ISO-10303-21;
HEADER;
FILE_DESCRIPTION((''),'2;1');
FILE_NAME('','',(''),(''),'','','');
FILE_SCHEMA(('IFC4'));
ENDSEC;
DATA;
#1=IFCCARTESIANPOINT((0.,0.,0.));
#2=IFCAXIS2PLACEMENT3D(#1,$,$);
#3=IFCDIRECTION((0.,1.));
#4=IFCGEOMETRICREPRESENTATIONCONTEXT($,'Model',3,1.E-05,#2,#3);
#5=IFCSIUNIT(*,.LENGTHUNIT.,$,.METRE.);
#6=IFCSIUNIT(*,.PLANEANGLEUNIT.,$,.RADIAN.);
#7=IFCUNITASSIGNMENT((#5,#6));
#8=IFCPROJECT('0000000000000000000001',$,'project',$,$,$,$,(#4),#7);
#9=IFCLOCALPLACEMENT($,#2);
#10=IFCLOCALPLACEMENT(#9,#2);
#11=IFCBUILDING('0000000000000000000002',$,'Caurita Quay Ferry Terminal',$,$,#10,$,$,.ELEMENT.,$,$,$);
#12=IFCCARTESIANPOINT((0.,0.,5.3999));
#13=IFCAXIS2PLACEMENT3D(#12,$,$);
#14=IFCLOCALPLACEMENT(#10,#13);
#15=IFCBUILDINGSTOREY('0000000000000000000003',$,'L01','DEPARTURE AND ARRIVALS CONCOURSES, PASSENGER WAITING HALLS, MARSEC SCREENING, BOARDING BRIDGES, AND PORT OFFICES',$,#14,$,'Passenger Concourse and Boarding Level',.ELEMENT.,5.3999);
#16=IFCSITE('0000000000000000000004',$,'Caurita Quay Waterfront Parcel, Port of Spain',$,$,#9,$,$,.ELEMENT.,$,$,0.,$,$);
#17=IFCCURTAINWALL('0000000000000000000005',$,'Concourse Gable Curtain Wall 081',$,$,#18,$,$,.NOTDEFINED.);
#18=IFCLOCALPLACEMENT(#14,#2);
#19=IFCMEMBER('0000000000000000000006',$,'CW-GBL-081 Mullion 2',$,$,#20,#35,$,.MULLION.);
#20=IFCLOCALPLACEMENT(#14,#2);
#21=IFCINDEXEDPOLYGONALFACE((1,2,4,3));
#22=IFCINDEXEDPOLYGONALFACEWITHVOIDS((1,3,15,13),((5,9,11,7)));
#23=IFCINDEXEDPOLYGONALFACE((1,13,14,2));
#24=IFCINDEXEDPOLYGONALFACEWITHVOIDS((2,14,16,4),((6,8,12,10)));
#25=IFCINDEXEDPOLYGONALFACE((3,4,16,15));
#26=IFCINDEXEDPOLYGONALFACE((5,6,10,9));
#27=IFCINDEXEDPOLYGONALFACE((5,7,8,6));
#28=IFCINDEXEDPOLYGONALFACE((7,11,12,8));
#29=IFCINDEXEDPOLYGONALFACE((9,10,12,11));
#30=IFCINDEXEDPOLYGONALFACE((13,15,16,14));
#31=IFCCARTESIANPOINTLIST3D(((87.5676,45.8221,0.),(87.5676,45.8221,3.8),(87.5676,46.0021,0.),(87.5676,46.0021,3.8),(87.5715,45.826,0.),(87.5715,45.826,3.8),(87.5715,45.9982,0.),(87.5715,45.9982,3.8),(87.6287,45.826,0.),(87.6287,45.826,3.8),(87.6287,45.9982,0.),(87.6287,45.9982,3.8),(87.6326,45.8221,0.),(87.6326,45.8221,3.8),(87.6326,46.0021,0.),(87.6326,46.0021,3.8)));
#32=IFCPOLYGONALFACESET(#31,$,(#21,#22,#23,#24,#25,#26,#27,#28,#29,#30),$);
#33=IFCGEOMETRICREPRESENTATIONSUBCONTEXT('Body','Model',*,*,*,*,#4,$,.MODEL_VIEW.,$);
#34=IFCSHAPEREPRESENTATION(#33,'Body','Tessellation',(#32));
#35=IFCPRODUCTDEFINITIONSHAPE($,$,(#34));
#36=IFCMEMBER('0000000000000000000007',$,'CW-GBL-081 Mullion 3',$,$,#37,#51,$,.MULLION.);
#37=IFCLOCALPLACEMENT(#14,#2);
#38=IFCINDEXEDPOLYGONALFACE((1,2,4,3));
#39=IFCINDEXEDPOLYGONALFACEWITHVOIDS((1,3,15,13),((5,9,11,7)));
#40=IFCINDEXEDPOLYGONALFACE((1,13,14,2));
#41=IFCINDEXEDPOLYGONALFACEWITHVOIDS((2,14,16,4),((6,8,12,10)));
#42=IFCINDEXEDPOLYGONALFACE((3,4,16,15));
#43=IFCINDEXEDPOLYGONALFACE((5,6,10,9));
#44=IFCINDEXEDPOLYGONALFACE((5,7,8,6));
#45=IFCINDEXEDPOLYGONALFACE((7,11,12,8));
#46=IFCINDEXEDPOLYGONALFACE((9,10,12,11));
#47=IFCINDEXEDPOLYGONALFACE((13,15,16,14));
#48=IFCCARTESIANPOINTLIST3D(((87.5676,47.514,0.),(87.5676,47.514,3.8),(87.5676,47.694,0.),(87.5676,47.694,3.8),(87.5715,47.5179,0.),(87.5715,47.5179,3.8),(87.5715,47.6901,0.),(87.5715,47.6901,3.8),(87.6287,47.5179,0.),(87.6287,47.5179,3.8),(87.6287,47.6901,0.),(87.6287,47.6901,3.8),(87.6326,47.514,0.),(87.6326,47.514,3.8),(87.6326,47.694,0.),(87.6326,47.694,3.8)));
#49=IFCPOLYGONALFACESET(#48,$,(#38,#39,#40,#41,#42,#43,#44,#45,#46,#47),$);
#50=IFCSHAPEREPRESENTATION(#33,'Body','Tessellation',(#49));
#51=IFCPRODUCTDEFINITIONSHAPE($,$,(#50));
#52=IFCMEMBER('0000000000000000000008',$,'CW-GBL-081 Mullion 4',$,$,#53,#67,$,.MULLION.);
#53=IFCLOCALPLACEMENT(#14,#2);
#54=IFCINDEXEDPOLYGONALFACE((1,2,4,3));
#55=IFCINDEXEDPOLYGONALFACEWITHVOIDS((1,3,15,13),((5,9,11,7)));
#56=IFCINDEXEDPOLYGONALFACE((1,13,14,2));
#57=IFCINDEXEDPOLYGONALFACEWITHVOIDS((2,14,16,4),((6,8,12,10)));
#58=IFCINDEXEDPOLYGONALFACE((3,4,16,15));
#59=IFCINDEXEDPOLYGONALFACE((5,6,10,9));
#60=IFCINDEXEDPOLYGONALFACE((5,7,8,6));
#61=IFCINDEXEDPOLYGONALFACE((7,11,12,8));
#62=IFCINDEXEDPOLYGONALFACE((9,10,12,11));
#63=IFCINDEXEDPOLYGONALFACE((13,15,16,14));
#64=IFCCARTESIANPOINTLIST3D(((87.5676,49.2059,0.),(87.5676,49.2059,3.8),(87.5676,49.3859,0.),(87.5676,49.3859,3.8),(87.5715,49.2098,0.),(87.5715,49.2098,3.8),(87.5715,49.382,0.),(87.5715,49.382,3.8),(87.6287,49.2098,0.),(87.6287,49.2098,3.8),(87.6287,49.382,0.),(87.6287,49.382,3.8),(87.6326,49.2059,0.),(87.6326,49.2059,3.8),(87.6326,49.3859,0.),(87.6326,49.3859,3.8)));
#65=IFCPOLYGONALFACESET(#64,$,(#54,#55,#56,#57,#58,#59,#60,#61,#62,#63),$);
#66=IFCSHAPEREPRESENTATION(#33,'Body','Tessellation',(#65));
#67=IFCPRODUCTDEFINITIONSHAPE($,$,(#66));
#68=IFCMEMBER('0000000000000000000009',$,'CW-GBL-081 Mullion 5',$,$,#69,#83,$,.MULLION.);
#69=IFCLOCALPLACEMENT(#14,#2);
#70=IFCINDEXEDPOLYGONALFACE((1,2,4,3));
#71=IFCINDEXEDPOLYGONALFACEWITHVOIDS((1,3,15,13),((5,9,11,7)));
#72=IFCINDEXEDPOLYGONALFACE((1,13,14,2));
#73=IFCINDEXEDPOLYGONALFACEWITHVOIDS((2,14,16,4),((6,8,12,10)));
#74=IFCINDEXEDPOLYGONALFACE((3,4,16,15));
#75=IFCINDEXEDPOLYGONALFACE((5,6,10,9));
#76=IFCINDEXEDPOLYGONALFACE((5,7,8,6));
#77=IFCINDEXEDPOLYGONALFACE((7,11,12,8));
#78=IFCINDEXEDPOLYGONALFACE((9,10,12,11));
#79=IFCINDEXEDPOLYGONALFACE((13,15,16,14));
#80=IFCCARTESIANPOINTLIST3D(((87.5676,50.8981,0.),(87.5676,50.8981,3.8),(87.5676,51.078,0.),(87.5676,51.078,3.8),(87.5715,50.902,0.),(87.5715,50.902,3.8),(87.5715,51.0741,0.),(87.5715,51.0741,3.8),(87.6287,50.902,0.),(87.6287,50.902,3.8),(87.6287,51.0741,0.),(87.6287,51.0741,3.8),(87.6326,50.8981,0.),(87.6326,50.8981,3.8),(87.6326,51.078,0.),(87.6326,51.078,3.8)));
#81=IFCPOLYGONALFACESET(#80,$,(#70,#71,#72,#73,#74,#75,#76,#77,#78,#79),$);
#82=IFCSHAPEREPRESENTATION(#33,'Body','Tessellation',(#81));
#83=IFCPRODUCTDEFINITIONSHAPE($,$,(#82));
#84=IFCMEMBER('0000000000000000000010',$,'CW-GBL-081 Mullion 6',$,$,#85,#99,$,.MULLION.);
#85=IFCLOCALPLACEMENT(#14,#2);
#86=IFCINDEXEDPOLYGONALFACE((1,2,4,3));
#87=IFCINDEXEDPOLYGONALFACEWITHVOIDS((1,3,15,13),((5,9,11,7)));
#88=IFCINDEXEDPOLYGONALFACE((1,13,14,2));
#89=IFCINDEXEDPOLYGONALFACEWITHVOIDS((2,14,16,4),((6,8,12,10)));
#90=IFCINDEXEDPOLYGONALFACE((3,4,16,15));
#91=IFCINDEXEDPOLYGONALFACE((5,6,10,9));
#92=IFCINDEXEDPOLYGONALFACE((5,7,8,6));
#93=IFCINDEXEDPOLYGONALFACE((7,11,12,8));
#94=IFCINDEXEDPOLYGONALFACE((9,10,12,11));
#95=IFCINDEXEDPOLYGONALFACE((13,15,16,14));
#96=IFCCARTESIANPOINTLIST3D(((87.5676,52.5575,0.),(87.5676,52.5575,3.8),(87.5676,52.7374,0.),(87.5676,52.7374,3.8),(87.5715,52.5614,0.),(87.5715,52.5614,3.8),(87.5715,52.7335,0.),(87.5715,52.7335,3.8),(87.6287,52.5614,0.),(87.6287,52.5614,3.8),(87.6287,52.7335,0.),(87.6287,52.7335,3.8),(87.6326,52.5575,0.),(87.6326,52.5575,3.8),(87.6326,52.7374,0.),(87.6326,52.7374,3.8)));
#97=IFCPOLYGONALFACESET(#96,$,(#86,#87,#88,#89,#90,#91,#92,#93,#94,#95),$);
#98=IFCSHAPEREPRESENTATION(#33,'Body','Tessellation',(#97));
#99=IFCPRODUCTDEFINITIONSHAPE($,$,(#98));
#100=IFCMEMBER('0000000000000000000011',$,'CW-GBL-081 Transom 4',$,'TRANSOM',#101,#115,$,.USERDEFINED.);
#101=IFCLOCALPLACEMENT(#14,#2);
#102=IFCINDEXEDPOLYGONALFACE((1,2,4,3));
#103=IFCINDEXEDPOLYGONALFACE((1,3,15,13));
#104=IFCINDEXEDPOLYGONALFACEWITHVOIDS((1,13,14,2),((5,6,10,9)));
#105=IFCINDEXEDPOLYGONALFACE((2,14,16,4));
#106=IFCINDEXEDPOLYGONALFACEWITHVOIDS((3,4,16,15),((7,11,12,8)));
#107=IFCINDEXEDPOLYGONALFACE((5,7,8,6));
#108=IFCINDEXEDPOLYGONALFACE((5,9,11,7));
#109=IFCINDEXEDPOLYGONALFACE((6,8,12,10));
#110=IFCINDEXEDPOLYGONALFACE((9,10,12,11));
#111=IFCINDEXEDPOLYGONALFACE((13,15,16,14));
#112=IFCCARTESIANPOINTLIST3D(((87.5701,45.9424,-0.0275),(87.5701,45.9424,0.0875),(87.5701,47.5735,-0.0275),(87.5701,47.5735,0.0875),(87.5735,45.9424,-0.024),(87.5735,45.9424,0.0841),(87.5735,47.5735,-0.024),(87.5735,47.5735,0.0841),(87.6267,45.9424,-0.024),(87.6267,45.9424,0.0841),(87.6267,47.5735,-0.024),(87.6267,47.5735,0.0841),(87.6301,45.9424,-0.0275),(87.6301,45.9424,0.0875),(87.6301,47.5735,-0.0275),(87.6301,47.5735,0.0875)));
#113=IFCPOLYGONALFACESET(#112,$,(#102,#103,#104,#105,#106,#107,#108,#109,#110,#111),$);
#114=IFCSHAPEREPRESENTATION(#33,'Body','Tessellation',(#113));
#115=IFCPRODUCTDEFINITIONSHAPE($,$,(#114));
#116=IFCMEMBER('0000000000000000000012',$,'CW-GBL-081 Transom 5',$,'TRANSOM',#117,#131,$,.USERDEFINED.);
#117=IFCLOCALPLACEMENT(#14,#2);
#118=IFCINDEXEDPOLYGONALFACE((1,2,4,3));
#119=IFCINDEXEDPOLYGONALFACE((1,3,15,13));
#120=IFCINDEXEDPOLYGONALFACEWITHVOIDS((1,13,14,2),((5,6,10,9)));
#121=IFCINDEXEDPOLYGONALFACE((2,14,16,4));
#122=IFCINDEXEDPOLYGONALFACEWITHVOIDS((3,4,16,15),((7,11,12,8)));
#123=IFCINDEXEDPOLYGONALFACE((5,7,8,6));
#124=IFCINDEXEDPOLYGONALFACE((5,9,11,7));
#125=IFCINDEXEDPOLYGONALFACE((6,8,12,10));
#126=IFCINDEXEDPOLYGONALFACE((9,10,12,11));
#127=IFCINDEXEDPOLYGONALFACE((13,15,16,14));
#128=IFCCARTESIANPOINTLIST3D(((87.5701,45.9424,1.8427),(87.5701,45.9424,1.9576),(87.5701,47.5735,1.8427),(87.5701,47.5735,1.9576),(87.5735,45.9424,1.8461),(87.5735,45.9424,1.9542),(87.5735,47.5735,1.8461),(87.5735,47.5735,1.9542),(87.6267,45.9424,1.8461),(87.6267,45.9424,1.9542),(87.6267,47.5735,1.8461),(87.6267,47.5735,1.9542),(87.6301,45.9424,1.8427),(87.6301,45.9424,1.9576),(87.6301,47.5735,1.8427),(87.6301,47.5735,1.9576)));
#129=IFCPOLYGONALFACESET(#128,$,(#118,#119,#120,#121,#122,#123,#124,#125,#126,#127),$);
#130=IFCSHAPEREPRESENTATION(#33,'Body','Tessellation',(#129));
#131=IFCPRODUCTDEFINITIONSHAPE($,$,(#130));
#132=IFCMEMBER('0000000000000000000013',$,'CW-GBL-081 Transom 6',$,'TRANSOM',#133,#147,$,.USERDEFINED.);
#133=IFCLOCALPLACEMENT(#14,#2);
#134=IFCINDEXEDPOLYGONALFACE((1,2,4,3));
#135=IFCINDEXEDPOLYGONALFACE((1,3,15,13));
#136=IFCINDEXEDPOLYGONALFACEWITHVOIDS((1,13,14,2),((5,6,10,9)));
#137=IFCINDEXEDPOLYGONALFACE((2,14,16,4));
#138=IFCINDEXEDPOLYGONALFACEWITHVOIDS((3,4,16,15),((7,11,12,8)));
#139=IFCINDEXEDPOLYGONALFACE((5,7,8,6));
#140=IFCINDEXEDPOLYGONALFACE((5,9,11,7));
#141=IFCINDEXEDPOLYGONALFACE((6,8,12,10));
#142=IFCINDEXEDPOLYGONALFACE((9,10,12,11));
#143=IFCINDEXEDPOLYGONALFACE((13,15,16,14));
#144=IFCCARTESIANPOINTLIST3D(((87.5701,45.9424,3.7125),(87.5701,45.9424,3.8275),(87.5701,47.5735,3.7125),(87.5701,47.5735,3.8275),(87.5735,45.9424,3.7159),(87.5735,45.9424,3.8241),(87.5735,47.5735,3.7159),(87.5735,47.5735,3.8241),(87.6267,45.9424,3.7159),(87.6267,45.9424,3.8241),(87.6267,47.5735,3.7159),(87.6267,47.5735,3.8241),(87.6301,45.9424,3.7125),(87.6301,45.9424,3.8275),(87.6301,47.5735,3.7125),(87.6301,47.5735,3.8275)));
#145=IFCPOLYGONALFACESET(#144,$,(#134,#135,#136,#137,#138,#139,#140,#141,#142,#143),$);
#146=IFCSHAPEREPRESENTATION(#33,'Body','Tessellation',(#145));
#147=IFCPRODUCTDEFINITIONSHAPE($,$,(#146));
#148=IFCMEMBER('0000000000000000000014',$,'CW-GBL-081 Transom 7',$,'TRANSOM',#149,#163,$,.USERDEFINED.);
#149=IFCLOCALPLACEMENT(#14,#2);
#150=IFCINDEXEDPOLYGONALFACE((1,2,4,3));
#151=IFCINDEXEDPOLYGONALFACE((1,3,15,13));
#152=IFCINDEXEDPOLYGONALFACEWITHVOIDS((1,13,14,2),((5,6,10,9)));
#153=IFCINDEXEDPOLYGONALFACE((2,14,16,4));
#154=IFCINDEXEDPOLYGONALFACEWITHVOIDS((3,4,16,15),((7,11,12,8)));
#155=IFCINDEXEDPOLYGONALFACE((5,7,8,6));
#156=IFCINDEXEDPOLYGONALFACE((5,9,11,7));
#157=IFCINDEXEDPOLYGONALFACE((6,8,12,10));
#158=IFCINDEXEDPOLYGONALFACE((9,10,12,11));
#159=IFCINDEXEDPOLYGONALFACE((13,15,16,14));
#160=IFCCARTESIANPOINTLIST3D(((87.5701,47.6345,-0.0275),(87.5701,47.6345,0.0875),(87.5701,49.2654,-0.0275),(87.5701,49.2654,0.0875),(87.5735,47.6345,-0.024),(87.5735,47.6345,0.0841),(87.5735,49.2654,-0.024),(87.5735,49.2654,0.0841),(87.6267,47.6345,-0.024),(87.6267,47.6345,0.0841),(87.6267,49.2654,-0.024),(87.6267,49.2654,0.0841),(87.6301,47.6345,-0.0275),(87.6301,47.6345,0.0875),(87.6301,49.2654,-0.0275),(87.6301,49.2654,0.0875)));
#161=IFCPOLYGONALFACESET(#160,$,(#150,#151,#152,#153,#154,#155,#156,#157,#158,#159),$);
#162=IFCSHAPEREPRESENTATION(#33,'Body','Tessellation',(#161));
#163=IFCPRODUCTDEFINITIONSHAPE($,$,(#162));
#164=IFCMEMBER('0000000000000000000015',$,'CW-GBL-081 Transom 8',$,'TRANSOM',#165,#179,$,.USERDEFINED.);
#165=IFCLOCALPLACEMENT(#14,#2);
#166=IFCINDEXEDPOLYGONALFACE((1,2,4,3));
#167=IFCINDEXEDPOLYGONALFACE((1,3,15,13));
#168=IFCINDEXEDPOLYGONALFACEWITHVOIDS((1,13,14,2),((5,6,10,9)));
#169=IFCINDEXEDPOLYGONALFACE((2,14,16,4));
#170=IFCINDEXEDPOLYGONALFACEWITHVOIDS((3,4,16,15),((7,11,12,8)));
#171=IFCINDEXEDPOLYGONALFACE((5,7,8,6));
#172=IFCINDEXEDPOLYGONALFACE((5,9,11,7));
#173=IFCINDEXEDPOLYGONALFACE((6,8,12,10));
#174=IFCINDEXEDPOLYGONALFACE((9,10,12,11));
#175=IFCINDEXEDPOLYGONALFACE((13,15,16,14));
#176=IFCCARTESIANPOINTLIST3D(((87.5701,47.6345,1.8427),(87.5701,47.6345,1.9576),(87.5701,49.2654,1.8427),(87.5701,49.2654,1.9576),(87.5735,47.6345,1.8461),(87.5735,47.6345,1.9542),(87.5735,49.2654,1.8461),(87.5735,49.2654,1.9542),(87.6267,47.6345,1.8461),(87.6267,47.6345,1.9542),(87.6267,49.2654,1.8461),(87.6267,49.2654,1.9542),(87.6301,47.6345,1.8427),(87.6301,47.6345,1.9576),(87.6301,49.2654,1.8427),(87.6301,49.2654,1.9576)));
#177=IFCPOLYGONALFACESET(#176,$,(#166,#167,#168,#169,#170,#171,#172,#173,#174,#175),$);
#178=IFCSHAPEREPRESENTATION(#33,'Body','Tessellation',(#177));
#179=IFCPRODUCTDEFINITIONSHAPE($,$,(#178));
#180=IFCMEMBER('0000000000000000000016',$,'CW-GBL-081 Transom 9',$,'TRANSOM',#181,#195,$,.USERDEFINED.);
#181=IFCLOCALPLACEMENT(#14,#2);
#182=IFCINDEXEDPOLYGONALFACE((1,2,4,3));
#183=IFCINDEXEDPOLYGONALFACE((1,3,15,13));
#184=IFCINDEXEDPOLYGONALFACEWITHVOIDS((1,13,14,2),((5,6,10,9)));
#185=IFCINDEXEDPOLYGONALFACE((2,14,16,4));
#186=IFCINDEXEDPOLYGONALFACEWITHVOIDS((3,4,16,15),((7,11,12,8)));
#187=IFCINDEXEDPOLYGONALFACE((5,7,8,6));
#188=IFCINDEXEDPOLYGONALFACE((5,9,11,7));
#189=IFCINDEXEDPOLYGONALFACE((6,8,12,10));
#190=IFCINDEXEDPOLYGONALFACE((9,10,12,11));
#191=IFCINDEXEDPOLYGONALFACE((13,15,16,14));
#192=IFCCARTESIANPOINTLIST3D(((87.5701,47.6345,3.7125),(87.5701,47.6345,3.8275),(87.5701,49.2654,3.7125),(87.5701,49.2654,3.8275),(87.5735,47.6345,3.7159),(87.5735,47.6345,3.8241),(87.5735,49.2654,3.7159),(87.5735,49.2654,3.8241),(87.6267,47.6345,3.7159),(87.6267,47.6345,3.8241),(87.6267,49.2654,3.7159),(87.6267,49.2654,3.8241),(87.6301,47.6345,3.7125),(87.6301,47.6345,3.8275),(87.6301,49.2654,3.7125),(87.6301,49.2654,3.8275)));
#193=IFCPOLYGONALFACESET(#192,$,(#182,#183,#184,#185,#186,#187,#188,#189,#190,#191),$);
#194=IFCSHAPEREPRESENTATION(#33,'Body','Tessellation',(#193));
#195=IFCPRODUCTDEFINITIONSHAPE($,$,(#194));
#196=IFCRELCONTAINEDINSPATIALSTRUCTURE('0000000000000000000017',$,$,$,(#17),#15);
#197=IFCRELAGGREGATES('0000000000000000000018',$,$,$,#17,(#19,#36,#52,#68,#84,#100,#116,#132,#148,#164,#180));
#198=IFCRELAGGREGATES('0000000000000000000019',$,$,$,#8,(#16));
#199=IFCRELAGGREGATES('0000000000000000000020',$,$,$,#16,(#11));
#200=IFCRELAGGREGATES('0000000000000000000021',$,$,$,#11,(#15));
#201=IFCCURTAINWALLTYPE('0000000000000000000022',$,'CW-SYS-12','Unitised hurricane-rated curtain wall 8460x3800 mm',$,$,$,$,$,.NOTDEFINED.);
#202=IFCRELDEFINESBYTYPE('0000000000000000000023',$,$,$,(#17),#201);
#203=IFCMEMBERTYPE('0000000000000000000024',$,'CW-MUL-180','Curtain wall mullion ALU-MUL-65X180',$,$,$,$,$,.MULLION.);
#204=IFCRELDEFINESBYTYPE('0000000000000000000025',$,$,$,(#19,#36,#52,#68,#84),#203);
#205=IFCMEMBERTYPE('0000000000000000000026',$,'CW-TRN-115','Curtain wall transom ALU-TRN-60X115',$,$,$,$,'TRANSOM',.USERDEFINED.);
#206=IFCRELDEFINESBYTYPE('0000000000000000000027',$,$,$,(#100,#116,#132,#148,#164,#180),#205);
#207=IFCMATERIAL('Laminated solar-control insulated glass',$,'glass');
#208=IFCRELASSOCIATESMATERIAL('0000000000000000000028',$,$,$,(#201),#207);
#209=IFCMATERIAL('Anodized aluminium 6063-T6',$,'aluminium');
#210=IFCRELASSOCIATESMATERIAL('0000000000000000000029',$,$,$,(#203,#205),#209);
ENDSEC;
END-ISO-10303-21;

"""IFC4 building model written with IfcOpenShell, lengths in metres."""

from ifc_helpers import new_model, si_unit, direction, frame, origin, origin_2d, place, context, subcontext, project, spatial, hollow_rectangle, extrude, material, material_profile, profile_set, type_object, element, aggregate, save


model = new_model("IFC4")

# Units and contexts
model_context = context("Model", 3, precision=1e-05, world=origin(), true_north=direction((0.0, 1.0)))
body_context = subcontext(model_context, "Body", "Model", "MODEL_VIEW")
ifc_project = project(units=[si_unit("LENGTHUNIT", "METRE"), si_unit("PLANEANGLEUNIT", "RADIAN")], contexts=[model_context])

# Site, building, storey
site_placement = place(None, origin())
site = spatial("IfcSite", under=ifc_project, at=site_placement, Name="Caurita Quay Waterfront Parcel, Port of Spain", CompositionType="ELEMENT", RefElevation=0.0)
building_placement = place(site_placement, origin())
building = spatial("IfcBuilding", under=site, at=building_placement, Name="Caurita Quay Ferry Terminal", CompositionType="ELEMENT")
storey_placement = place(building_placement, frame((0.0, 0.0, 5.3999)))
storey = spatial("IfcBuildingStorey", under=building, at=storey_placement, Name="L01", Description="DEPARTURE AND ARRIVALS CONCOURSES, PASSENGER WAITING HALLS, MARSEC SCREENING, BOARDING BRIDGES, AND PORT OFFICES", LongName="Passenger Concourse and Boarding Level", CompositionType="ELEMENT", Elevation=5.3999)

# Curtain wall, members
ifc_material_1 = material(Name="Laminated solar-control insulated glass", Category="glass")
curtain_wall_type = type_object("IfcCurtainWallType", Name="CW-SYS-12", Description="Unitised hurricane-rated curtain wall 8460x3800 mm", PredefinedType="NOTDEFINED", material=ifc_material_1)
curtain_wall_placement = place(storey_placement, origin())
curtain_wall = element("IfcCurtainWall", 1, at=curtain_wall_placement, inside=storey, type_object=curtain_wall_type, Name="Concourse Gable Curtain Wall 081", PredefinedType="NOTDEFINED")
ifc_material_2 = material(Name="Anodized aluminium 6063-T6", Category="aluminium")
ifc_material_profile_1 = material_profile(ifc_material_2, hollow_rectangle(XDim=0.0649, YDim=0.1799, WallThickness=0.0039, at=origin_2d()), Name="ALU-MUL-65X180")
ifc_profile_set_1 = profile_set([ifc_material_profile_1], Name="Anodized aluminium 6063-T6")
member_type_1 = type_object("IfcMemberType", Name="CW-MUL-180", Description="Curtain wall mullion ALU-MUL-65X180", PredefinedType="MULLION", material=ifc_profile_set_1)
member_1_placement = place(storey_placement, frame((87.6001, 45.9121, 0.0), z_axis=(0.0, 0.0, 1.0), x_axis=(-1.0, 0.0, 0.0)))
member_1 = element("IfcMember", 2, at=member_1_placement, type_object=member_type_1, Name="CW-GBL-081 Mullion 2", PredefinedType="MULLION", context=body_context, shape_type="SweptSolid", body=[
    extrude(hollow_rectangle(XDim=0.0649, YDim=0.1799, WallThickness=0.0039, at=origin_2d()), origin(), (0.0, 0.0, 1.0), 3.8),
])
member_2_placement = place(storey_placement, frame((87.6001, 47.604, 0.0), z_axis=(0.0, 0.0, 1.0), x_axis=(-1.0, 0.0, 0.0)))
member_2 = element("IfcMember", 3, at=member_2_placement, type_object=member_type_1, Name="CW-GBL-081 Mullion 3", PredefinedType="MULLION", context=body_context, shape_type="SweptSolid", body=[
    extrude(hollow_rectangle(XDim=0.0649, YDim=0.1799, WallThickness=0.0039, at=origin_2d()), origin(), (0.0, 0.0, 1.0), 3.8),
])
member_3_placement = place(storey_placement, frame((87.6001, 49.2959, 0.0), z_axis=(0.0, 0.0, 1.0), x_axis=(-1.0, 0.0, 0.0)))
member_3 = element("IfcMember", 4, at=member_3_placement, type_object=member_type_1, Name="CW-GBL-081 Mullion 4", PredefinedType="MULLION", context=body_context, shape_type="SweptSolid", body=[
    extrude(hollow_rectangle(XDim=0.0649, YDim=0.1799, WallThickness=0.0039, at=origin_2d()), origin(), (0.0, 0.0, 1.0), 3.8),
])
member_4_placement = place(storey_placement, frame((87.6001, 50.988, 0.0), z_axis=(0.0, 0.0, 1.0), x_axis=(-1.0, 0.0, 0.0)))
member_4 = element("IfcMember", 5, at=member_4_placement, type_object=member_type_1, Name="CW-GBL-081 Mullion 5", PredefinedType="MULLION", context=body_context, shape_type="SweptSolid", body=[
    extrude(hollow_rectangle(XDim=0.0649, YDim=0.1799, WallThickness=0.0039, at=origin_2d()), origin(), (0.0, 0.0, 1.0), 3.8),
])
member_5_placement = place(storey_placement, frame((87.6001, 52.6475, 0.0), z_axis=(0.0, 0.0, 1.0), x_axis=(-1.0, 0.0, 0.0)))
member_5 = element("IfcMember", 6, at=member_5_placement, type_object=member_type_1, Name="CW-GBL-081 Mullion 6", PredefinedType="MULLION", context=body_context, shape_type="SweptSolid", body=[
    extrude(hollow_rectangle(XDim=0.0649, YDim=0.1799, WallThickness=0.0039, at=origin_2d()), origin(), (0.0, 0.0, 1.0), 3.8),
])
ifc_material_profile_2 = material_profile(ifc_material_2, hollow_rectangle(XDim=0.0601, YDim=0.115, WallThickness=0.0034, at=origin_2d()), Name="ALU-TRN-60X115")
ifc_profile_set_2 = profile_set([ifc_material_profile_2], Name="Anodized aluminium 6063-T6")
member_type_2 = type_object("IfcMemberType", Name="CW-TRN-115", Description="Curtain wall transom ALU-TRN-60X115", ElementType="TRANSOM", PredefinedType="USERDEFINED", material=ifc_profile_set_2)
member_6_placement = place(storey_placement, frame((87.6001, 45.9424, 0.03), z_axis=(0.0, 1.0, 0.0), x_axis=(-1.0, 0.0, 0.0)))
member_6 = element("IfcMember", 7, at=member_6_placement, type_object=member_type_2, Name="CW-GBL-081 Transom 4", ObjectType="TRANSOM", PredefinedType="USERDEFINED", context=body_context, shape_type="SweptSolid", body=[
    extrude(hollow_rectangle(XDim=0.0601, YDim=0.115, WallThickness=0.0034, at=origin_2d()), origin(), (0.0, 0.0, 1.0), 1.6311),
])
member_7_placement = place(storey_placement, frame((87.6001, 45.9424, 1.9001), z_axis=(0.0, 1.0, 0.0), x_axis=(-1.0, 0.0, 0.0)))
member_7 = element("IfcMember", 8, at=member_7_placement, type_object=member_type_2, Name="CW-GBL-081 Transom 5", ObjectType="TRANSOM", PredefinedType="USERDEFINED", context=body_context, shape_type="SweptSolid", body=[
    extrude(hollow_rectangle(XDim=0.0601, YDim=0.115, WallThickness=0.0034, at=origin_2d()), origin(), (0.0, 0.0, 1.0), 1.6311),
])
member_8_placement = place(storey_placement, frame((87.6001, 45.9424, 3.77), z_axis=(0.0, 1.0, 0.0), x_axis=(-1.0, 0.0, 0.0)))
member_8 = element("IfcMember", 9, at=member_8_placement, type_object=member_type_2, Name="CW-GBL-081 Transom 6", ObjectType="TRANSOM", PredefinedType="USERDEFINED", context=body_context, shape_type="SweptSolid", body=[
    extrude(hollow_rectangle(XDim=0.0601, YDim=0.115, WallThickness=0.0034, at=origin_2d()), origin(), (0.0, 0.0, 1.0), 1.6311),
])
member_9_placement = place(storey_placement, frame((87.6001, 47.6345, 0.03), z_axis=(0.0, 1.0, 0.0), x_axis=(-1.0, 0.0, 0.0)))
member_9 = element("IfcMember", 10, at=member_9_placement, type_object=member_type_2, Name="CW-GBL-081 Transom 7", ObjectType="TRANSOM", PredefinedType="USERDEFINED", context=body_context, shape_type="SweptSolid", body=[
    extrude(hollow_rectangle(XDim=0.0601, YDim=0.115, WallThickness=0.0034, at=origin_2d()), origin(), (0.0, 0.0, 1.0), 1.6309),
])
member_10_placement = place(storey_placement, frame((87.6001, 47.6345, 1.9001), z_axis=(0.0, 1.0, 0.0), x_axis=(-1.0, 0.0, 0.0)))
member_10 = element("IfcMember", 11, at=member_10_placement, type_object=member_type_2, Name="CW-GBL-081 Transom 8", ObjectType="TRANSOM", PredefinedType="USERDEFINED", context=body_context, shape_type="SweptSolid", body=[
    extrude(hollow_rectangle(XDim=0.0601, YDim=0.115, WallThickness=0.0034, at=origin_2d()), origin(), (0.0, 0.0, 1.0), 1.6309),
])
member_11_placement = place(storey_placement, frame((87.6001, 47.6345, 3.77), z_axis=(0.0, 1.0, 0.0), x_axis=(-1.0, 0.0, 0.0)))
member_11 = element("IfcMember", 12, at=member_11_placement, type_object=member_type_2, Name="CW-GBL-081 Transom 9", ObjectType="TRANSOM", PredefinedType="USERDEFINED", context=body_context, shape_type="SweptSolid", body=[
    extrude(hollow_rectangle(XDim=0.0601, YDim=0.115, WallThickness=0.0034, at=origin_2d()), origin(), (0.0, 0.0, 1.0), 1.6309),
])
aggregate(curtain_wall, [member_1, member_2, member_3, member_4, member_5, member_6, member_7, member_8, member_9, member_10, member_11])

save(model, "model.ifc")
